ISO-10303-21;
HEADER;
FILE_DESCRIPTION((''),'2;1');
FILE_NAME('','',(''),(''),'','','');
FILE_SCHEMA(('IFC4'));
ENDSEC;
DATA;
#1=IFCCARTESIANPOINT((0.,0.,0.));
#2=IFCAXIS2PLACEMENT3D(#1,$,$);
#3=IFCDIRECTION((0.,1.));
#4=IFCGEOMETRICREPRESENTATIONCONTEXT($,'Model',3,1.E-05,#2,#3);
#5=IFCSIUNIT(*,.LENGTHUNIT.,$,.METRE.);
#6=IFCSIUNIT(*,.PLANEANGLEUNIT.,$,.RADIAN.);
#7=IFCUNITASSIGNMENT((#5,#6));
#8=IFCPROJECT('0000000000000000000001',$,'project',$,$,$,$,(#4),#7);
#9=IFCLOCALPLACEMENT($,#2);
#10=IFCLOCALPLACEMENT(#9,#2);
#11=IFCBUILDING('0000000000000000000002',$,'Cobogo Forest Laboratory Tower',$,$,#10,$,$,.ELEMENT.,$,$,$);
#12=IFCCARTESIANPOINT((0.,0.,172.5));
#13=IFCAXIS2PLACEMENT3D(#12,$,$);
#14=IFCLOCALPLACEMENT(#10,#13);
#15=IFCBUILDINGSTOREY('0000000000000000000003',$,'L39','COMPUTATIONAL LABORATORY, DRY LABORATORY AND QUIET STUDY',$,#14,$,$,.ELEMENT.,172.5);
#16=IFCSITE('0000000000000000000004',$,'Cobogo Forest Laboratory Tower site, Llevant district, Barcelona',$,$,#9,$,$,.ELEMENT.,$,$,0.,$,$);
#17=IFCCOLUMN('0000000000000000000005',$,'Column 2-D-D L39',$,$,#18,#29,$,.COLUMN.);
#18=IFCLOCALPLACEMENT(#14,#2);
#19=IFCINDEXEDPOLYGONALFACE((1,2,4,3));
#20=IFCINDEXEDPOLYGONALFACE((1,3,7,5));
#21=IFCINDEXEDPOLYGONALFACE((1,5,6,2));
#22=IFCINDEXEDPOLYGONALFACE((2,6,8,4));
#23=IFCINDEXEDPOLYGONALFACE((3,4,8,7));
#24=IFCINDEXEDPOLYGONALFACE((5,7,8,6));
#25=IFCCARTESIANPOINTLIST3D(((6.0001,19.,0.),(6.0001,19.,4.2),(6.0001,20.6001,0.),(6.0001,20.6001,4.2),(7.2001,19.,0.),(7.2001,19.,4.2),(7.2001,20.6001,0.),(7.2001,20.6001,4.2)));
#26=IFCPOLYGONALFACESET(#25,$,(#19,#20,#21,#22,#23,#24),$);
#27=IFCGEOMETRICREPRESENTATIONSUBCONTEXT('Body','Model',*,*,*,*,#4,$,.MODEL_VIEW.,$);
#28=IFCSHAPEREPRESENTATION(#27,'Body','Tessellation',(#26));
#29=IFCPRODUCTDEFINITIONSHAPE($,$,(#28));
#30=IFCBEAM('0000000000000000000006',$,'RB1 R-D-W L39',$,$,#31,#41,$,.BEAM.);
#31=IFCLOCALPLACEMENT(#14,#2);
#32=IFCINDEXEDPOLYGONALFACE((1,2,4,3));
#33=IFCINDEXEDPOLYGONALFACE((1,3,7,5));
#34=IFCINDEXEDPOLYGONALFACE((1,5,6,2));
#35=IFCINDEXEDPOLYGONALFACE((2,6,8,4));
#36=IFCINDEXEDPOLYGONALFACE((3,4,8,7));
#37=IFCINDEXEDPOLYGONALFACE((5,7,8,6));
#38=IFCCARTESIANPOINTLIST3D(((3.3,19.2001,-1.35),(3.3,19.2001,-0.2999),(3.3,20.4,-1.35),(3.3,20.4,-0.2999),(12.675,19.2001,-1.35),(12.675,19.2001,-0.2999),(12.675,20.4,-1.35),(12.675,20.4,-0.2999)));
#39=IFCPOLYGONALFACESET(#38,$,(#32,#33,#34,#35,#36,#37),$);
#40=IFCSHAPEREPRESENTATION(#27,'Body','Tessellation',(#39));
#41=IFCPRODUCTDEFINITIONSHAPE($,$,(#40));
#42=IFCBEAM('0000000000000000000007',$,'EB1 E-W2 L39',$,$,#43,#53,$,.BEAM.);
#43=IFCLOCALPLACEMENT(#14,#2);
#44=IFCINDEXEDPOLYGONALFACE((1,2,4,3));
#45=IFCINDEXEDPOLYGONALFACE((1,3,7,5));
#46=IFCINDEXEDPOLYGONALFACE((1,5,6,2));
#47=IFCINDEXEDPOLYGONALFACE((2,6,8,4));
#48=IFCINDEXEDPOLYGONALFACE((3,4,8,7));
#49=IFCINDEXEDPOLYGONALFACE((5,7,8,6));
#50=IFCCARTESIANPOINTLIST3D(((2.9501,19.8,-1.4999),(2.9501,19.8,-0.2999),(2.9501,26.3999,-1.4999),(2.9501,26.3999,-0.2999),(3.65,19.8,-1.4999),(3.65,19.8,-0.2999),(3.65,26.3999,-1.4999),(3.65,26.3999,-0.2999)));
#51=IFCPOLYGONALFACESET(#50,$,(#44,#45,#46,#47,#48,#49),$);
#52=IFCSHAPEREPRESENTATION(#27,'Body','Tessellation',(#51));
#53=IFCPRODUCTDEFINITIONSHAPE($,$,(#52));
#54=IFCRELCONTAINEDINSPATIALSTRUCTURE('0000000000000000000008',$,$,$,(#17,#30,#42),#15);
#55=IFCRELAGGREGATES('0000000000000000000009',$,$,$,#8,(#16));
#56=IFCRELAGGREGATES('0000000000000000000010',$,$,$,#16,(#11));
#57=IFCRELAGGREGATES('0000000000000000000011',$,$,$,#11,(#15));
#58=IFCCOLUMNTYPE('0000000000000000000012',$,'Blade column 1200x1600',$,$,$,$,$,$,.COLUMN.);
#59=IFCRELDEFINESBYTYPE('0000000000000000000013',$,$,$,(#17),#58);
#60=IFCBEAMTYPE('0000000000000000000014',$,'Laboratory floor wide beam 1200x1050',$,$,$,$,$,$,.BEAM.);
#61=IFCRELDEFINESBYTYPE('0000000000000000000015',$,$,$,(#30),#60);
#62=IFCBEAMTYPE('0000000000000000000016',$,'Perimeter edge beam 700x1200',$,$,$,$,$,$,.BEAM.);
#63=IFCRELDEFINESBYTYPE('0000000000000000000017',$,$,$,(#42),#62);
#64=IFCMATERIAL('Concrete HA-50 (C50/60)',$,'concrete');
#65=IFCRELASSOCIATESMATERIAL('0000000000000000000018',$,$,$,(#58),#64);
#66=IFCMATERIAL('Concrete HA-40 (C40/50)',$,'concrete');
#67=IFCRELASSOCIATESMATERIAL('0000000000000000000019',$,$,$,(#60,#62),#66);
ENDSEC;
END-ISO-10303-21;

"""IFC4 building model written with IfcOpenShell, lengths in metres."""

from ifc_helpers import new_model, si_unit, direction, frame, origin, origin_2d, place, context, subcontext, project, spatial, rectangle, extrude, material, material_profile, profile_set, type_object, element, save


model = new_model("IFC4")

# Units and contexts
model_context = context("Model", 3, precision=1e-05, world=origin(), true_north=direction((0.0, 1.0)))
body_context = subcontext(model_context, "Body", "Model", "MODEL_VIEW")
ifc_project = project(units=[si_unit("LENGTHUNIT", "METRE"), si_unit("PLANEANGLEUNIT", "RADIAN")], contexts=[model_context])

# Site, building, storey
site_placement = place(None, origin())
site = spatial("IfcSite", under=ifc_project, at=site_placement, Name="Cobogo Forest Laboratory Tower site, Llevant district, Barcelona", CompositionType="ELEMENT", RefElevation=0.0)
building_placement = place(site_placement, origin())
building = spatial("IfcBuilding", under=site, at=building_placement, Name="Cobogo Forest Laboratory Tower", CompositionType="ELEMENT")
storey_placement = place(building_placement, frame((0.0, 0.0, 172.5)))
storey = spatial("IfcBuildingStorey", under=building, at=storey_placement, Name="L39", Description="COMPUTATIONAL LABORATORY, DRY LABORATORY AND QUIET STUDY", CompositionType="ELEMENT", Elevation=172.5)

# Column
ifc_material_1 = material(Name="Concrete HA-50 (C50/60)", Category="concrete")
ifc_material_profile_1 = material_profile(ifc_material_1, rectangle(XDim=1.6001, YDim=1.2, at=origin_2d()), Name="RC 1200x1600")
ifc_profile_set_1 = profile_set([ifc_material_profile_1], Name="Concrete HA-50 (C50/60)")
column_type = type_object("IfcColumnType", Name="Blade column 1200x1600", PredefinedType="COLUMN", material=ifc_profile_set_1)
column_placement = place(storey_placement, frame((6.6001, 19.8, 0.0), z_axis=(0.0, 0.0, 1.0), x_axis=(0.0, 1.0, 0.0)))
element("IfcColumn", 1, at=column_placement, inside=storey, type_object=column_type, Name="Column 2-D-D L39", PredefinedType="COLUMN", context=body_context, shape_type="SweptSolid", body=[
    extrude(rectangle(XDim=1.6001, YDim=1.2, at=origin_2d()), origin(), (0.0, 0.0, 1.0), 4.2),
])

# Beams
ifc_material_2 = material(Name="Concrete HA-40 (C40/50)", Category="concrete")
ifc_material_profile_2 = material_profile(ifc_material_2, rectangle(XDim=1.2, YDim=1.05, at=origin_2d()), Name="RC 1200x1050")
ifc_profile_set_2 = profile_set([ifc_material_profile_2], Name="Concrete HA-40 (C40/50)")
beam_type_1 = type_object("IfcBeamType", Name="Laboratory floor wide beam 1200x1050", PredefinedType="BEAM", material=ifc_profile_set_2)
beam_1_placement = place(storey_placement, frame((12.675, 19.8, -0.825), z_axis=(-1.0, 0.0, 0.0), x_axis=(0.0, -1.0, 0.0)))
element("IfcBeam", 2, at=beam_1_placement, inside=storey, type_object=beam_type_1, Name="RB1 R-D-W L39", PredefinedType="BEAM", context=body_context, shape_type="SweptSolid", body=[
    extrude(rectangle(XDim=1.2, YDim=1.05, at=origin_2d()), origin(), (0.0, 0.0, 1.0), 9.375),
])
ifc_material_profile_3 = material_profile(ifc_material_2, rectangle(XDim=0.7, YDim=1.2, at=origin_2d()), Name="RC 700x1200")
ifc_profile_set_3 = profile_set([ifc_material_profile_3], Name="Concrete HA-40 (C40/50)")
beam_type_2 = type_object("IfcBeamType", Name="Perimeter edge beam 700x1200", PredefinedType="BEAM", material=ifc_profile_set_3)
beam_2_placement = place(storey_placement, frame((3.3, 19.8, -0.8999), z_axis=(0.0, 1.0, 0.0), x_axis=(-1.0, 0.0, 0.0)))
element("IfcBeam", 3, at=beam_2_placement, inside=storey, type_object=beam_type_2, Name="EB1 E-W2 L39", PredefinedType="BEAM", context=body_context, shape_type="SweptSolid", body=[
    extrude(rectangle(XDim=0.7, YDim=1.2, at=origin_2d()), origin(), (0.0, 0.0, 1.0), 6.5999),
])

save(model, "model.ifc")
